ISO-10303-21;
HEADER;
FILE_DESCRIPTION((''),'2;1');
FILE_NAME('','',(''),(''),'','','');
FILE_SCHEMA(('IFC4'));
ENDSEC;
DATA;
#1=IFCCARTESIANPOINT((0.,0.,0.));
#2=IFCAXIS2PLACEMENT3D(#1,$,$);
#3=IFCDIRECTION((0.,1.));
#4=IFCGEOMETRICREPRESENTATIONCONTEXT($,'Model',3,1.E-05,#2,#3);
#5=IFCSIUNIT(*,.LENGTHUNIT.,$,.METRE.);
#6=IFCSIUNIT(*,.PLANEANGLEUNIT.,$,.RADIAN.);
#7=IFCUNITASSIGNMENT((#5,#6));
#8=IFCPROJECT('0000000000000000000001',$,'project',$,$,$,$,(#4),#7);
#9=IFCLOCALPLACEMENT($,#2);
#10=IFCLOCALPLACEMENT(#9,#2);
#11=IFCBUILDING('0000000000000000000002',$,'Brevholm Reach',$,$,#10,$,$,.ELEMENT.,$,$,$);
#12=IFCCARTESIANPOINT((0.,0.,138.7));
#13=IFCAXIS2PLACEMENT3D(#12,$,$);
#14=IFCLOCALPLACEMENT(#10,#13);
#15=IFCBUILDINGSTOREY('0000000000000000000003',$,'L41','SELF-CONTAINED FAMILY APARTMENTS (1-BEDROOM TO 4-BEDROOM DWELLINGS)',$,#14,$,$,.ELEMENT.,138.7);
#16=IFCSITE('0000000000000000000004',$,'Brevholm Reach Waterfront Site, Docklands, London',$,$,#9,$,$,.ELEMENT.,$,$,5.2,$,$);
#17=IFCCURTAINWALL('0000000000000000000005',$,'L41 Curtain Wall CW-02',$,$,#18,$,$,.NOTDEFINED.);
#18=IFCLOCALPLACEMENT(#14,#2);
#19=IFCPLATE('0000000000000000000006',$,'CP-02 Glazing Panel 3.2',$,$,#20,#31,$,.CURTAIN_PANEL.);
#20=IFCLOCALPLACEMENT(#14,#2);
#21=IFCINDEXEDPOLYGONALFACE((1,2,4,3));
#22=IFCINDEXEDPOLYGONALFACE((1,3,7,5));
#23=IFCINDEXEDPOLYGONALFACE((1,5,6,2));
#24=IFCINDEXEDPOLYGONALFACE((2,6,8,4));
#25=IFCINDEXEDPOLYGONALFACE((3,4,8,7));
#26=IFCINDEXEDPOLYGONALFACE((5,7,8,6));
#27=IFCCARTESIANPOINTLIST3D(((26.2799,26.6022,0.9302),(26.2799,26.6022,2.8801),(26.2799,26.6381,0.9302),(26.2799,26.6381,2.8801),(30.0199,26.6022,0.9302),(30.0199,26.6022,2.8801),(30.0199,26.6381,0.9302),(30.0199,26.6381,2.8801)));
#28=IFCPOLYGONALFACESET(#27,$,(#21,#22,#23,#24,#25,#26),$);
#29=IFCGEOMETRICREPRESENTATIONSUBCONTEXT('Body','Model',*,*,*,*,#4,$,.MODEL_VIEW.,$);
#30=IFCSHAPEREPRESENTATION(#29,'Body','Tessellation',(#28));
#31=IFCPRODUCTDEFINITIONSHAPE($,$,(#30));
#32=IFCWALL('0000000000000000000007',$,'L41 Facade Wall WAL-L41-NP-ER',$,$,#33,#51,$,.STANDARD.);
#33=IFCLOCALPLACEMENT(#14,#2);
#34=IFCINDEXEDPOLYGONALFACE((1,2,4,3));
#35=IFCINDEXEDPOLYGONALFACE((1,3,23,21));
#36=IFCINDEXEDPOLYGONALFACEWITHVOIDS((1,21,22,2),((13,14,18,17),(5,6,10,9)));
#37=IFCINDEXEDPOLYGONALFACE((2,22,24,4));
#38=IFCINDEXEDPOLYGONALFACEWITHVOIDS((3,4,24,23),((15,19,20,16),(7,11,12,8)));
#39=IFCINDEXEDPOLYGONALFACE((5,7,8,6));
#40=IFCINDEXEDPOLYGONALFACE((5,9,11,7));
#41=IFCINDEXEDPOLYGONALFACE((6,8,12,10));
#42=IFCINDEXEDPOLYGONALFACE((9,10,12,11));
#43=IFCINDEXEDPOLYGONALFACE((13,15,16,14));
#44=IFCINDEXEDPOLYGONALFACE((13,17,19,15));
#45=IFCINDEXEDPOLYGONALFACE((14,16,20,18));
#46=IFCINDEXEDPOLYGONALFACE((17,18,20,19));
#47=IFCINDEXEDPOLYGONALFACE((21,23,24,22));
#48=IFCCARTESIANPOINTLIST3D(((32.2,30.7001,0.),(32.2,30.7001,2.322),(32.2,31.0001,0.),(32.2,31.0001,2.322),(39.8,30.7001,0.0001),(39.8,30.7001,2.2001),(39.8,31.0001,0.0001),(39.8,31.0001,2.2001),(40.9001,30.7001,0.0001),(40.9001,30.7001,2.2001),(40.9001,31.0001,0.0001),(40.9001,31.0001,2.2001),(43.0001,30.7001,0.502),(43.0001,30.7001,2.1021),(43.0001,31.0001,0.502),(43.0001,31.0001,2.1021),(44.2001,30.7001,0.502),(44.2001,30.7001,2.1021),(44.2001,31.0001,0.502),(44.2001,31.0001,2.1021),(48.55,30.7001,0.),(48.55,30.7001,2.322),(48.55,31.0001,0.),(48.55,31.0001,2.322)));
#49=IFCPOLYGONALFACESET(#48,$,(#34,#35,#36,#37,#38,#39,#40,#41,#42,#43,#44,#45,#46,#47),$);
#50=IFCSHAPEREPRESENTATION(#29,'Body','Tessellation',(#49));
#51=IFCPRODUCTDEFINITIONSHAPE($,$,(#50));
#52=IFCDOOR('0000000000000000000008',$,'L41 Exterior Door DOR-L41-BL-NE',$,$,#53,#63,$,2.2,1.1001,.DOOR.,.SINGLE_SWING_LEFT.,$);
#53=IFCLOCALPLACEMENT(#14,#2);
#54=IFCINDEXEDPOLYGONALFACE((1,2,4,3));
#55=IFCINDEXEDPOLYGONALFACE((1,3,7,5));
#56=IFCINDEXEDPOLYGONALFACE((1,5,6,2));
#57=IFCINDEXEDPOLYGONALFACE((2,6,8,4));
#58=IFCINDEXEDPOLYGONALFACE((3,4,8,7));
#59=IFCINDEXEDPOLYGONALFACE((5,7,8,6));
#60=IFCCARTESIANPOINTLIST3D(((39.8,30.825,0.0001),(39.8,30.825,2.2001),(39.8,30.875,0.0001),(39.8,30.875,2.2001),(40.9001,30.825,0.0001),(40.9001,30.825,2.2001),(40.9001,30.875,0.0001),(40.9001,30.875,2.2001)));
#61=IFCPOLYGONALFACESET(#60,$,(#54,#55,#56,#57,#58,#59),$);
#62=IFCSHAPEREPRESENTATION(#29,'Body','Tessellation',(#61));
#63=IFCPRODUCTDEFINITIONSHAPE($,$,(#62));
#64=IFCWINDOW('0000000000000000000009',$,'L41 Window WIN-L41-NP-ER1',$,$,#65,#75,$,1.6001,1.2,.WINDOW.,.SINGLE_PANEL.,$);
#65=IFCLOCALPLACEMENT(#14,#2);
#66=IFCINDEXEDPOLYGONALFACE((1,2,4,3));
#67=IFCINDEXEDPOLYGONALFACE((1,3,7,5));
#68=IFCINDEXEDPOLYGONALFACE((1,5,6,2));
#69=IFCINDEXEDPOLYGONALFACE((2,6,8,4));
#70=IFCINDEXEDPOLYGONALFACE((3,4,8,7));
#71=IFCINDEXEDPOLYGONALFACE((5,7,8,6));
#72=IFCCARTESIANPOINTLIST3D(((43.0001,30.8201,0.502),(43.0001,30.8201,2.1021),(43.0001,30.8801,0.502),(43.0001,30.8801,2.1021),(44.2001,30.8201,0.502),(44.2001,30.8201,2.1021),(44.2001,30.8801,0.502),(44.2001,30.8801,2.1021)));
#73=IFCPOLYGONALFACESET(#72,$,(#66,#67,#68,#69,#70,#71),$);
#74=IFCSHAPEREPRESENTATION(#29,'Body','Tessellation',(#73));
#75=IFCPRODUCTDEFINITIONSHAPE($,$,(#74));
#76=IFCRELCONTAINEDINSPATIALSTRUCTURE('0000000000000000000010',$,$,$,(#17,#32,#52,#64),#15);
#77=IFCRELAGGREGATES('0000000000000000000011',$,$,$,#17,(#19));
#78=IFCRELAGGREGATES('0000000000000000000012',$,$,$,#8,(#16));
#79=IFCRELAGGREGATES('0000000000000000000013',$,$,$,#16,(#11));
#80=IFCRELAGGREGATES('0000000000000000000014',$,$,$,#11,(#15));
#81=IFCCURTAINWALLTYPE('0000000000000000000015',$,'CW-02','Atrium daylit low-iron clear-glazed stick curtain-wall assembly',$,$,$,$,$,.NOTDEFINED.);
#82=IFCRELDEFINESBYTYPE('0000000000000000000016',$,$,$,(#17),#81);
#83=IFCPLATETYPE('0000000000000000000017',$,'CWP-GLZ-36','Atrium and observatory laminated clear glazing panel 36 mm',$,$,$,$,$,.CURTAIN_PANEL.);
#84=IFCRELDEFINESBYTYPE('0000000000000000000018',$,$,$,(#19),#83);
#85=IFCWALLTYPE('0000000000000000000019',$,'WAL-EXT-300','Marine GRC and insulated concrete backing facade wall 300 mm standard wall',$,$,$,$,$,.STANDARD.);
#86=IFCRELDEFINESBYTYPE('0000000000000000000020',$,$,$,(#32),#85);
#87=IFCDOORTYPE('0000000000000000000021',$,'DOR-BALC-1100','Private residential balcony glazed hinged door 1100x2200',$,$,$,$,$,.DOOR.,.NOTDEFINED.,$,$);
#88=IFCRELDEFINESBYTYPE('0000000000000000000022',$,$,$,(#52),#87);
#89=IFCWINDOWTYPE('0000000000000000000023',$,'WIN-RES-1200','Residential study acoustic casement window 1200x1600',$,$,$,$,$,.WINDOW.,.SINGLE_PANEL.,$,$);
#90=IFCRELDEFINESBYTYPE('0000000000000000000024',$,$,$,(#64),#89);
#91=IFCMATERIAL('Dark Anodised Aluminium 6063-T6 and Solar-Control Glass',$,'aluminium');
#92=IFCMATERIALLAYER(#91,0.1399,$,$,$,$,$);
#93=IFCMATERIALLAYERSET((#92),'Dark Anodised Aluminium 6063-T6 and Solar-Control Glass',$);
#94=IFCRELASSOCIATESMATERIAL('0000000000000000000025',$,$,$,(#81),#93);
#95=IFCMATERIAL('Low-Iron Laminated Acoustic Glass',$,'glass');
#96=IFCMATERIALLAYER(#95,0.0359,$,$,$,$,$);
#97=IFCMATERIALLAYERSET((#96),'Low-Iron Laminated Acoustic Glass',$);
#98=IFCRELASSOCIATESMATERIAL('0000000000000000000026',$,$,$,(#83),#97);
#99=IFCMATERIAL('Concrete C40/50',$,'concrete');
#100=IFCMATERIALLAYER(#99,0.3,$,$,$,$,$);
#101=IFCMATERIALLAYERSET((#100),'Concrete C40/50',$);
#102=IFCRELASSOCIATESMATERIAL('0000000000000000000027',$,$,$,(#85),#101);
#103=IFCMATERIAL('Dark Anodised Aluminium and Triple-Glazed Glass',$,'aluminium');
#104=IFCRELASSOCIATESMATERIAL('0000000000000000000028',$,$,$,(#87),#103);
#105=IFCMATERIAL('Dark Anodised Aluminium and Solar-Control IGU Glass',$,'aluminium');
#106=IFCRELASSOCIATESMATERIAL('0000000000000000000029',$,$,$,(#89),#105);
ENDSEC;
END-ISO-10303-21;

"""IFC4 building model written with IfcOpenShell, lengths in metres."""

from ifc_helpers import new_model, si_unit, direction, frame, frame_2d, origin, origin_2d, place, context, subcontext, project, spatial, rectangle, extrude, material, layer, layer_set, type_object, element, fill, aggregate, save


model = new_model("IFC4")

# Units and contexts
model_context = context("Model", 3, precision=1e-05, world=origin(), true_north=direction((0.0, 1.0)))
body_context = subcontext(model_context, "Body", "Model", "MODEL_VIEW")
ifc_project = project(units=[si_unit("LENGTHUNIT", "METRE"), si_unit("PLANEANGLEUNIT", "RADIAN")], contexts=[model_context])

# Site, building, storey
site_placement = place(None, origin())
site = spatial("IfcSite", under=ifc_project, at=site_placement, Name="Brevholm Reach Waterfront Site, Docklands, London", CompositionType="ELEMENT", RefElevation=5.2)
building_placement = place(site_placement, origin())
building = spatial("IfcBuilding", under=site, at=building_placement, Name="Brevholm Reach", CompositionType="ELEMENT")
storey_placement = place(building_placement, frame((0.0, 0.0, 138.7)))
storey = spatial("IfcBuildingStorey", under=building, at=storey_placement, Name="L41", Description="SELF-CONTAINED FAMILY APARTMENTS (1-BEDROOM TO 4-BEDROOM DWELLINGS)", CompositionType="ELEMENT", Elevation=138.7)

# Curtain wall
ifc_material_1 = material(Name="Dark Anodised Aluminium 6063-T6 and Solar-Control Glass", Category="aluminium")
ifc_layer_1 = layer(ifc_material_1, 0.1399)
ifc_layer_set_1 = layer_set([ifc_layer_1], Name="Dark Anodised Aluminium 6063-T6 and Solar-Control Glass")
curtain_wall_type_1 = type_object("IfcCurtainWallType", Name="CW-02", Description="Atrium daylit low-iron clear-glazed stick curtain-wall assembly", PredefinedType="NOTDEFINED", material=ifc_layer_set_1)
curtain_wall_1_placement = place(storey_placement, origin())
curtain_wall_1 = element("IfcCurtainWall", 1, at=curtain_wall_1_placement, inside=storey, type_object=curtain_wall_type_1, Name="L41 Curtain Wall CW-02", PredefinedType="NOTDEFINED")

# Plate
ifc_material_2 = material(Name="Low-Iron Laminated Acoustic Glass", Category="glass")
ifc_layer_2 = layer(ifc_material_2, 0.0359)
ifc_layer_set_2 = layer_set([ifc_layer_2], Name="Low-Iron Laminated Acoustic Glass")
plate_type_1 = type_object("IfcPlateType", Name="CWP-GLZ-36", Description="Atrium and observatory laminated clear glazing panel 36 mm", PredefinedType="CURTAIN_PANEL", material=ifc_layer_set_2)
plate_1_placement = place(storey_placement, frame((28.1499, 26.6201, 0.9302), z_axis=(0.0, 0.0, 1.0), x_axis=(-1.0, 0.0, 0.0)))
plate_1 = element("IfcPlate", 2, at=plate_1_placement, type_object=plate_type_1, Name="CP-02 Glazing Panel 3.2", PredefinedType="CURTAIN_PANEL", context=body_context, shape_type="SweptSolid", body=[
    extrude(rectangle(XDim=3.74, YDim=0.0359, at=origin_2d()), origin(), (0.0, 0.0, 1.0), 1.95),
])
aggregate(curtain_wall_1, [plate_1])

# Wall, openings, door, window
ifc_material_3 = material(Name="Concrete C40/50", Category="concrete")
ifc_layer_3 = layer(ifc_material_3, 0.3)
ifc_layer_set_3 = layer_set([ifc_layer_3], Name="Concrete C40/50")
wall_type = type_object("IfcWallType", Name="WAL-EXT-300", Description="Marine GRC and insulated concrete backing facade wall 300 mm standard wall", PredefinedType="STANDARD", material=ifc_layer_set_3)
wall_placement = place(storey_placement, frame((32.2, 30.8501, 0.0), z_axis=(0.0, 0.0, 1.0), x_axis=(1.0, 0.0, 0.0)))
wall = element("IfcWall", 3, at=wall_placement, inside=storey, type_object=wall_type, Name="L41 Facade Wall WAL-L41-NP-ER", PredefinedType="STANDARD", context=body_context, shape_type="SweptSolid", body=[
    extrude(rectangle(XDim=16.3501, YDim=0.3, at=frame_2d((8.175, 0.0))), origin(), (0.0, 0.0, 1.0), 2.322),
])
opening_1_placement = place(wall_placement, frame((7.6001, 0.0, 0.0)))
opening_1 = element("IfcOpeningElement", 4, at=opening_1_placement, cuts=wall, PredefinedType="OPENING", context=body_context, shape_type="SweptSolid", body=[
    extrude(rectangle(XDim=1.1001, YDim=2.2, at=frame_2d((0.55, 1.1001))), frame((0.0, 0.1599, 0.0), z_axis=(0.0, -1.0, 0.0), x_axis=(1.0, 0.0, 0.0)), (0.0, 0.0, 1.0), 0.3201),
])
opening_2_placement = place(wall_placement, frame((10.8, 0.0, 0.502)))
opening_2 = element("IfcOpeningElement", 5, at=opening_2_placement, cuts=wall, PredefinedType="OPENING", context=body_context, shape_type="SweptSolid", body=[
    extrude(rectangle(XDim=1.2, YDim=1.6001, at=frame_2d((0.6001, 0.8))), frame((0.0, 0.1599, 0.0), z_axis=(0.0, -1.0, 0.0), x_axis=(1.0, 0.0, 0.0)), (0.0, 0.0, 1.0), 0.3201),
])
ifc_material_4 = material(Name="Dark Anodised Aluminium and Triple-Glazed Glass", Category="aluminium")
door_type = type_object("IfcDoorType", Name="DOR-BALC-1100", Description="Private residential balcony glazed hinged door 1100x2200", OperationType="NOTDEFINED", PredefinedType="DOOR", material=ifc_material_4)
door_placement = place(opening_1_placement, origin())
door = element("IfcDoor", 6, at=door_placement, inside=storey, type_object=door_type, Name="L41 Exterior Door DOR-L41-BL-NE", OperationType="SINGLE_SWING_LEFT", OverallHeight=2.2, OverallWidth=1.1001, PredefinedType="DOOR", context=body_context, shape_type="SweptSolid", body=[
    extrude(rectangle(XDim=1.1001, YDim=2.2, at=frame_2d((0.55, 1.1001))), frame((0.0, 0.0249, 0.0), z_axis=(0.0, -1.0, 0.0), x_axis=(1.0, 0.0, 0.0)), (0.0, 0.0, 1.0), 0.05),
])
fill(opening_1, door)
ifc_material_5 = material(Name="Dark Anodised Aluminium and Solar-Control IGU Glass", Category="aluminium")
window_type = type_object("IfcWindowType", Name="WIN-RES-1200", Description="Residential study acoustic casement window 1200x1600", PartitioningType="SINGLE_PANEL", PredefinedType="WINDOW", material=ifc_material_5)
window_placement = place(opening_2_placement, origin())
window = element("IfcWindow", 7, at=window_placement, inside=storey, type_object=window_type, Name="L41 Window WIN-L41-NP-ER1", OverallHeight=1.6001, OverallWidth=1.2, PartitioningType="SINGLE_PANEL", PredefinedType="WINDOW", context=body_context, shape_type="SweptSolid", body=[
    extrude(rectangle(XDim=1.2, YDim=1.6001, at=frame_2d((0.6001, 0.8))), frame((0.0, 0.03, 0.0), z_axis=(0.0, -1.0, 0.0), x_axis=(1.0, 0.0, 0.0)), (0.0, 0.0, 1.0), 0.0601),
])
fill(opening_2, window)

save(model, "model.ifc")
